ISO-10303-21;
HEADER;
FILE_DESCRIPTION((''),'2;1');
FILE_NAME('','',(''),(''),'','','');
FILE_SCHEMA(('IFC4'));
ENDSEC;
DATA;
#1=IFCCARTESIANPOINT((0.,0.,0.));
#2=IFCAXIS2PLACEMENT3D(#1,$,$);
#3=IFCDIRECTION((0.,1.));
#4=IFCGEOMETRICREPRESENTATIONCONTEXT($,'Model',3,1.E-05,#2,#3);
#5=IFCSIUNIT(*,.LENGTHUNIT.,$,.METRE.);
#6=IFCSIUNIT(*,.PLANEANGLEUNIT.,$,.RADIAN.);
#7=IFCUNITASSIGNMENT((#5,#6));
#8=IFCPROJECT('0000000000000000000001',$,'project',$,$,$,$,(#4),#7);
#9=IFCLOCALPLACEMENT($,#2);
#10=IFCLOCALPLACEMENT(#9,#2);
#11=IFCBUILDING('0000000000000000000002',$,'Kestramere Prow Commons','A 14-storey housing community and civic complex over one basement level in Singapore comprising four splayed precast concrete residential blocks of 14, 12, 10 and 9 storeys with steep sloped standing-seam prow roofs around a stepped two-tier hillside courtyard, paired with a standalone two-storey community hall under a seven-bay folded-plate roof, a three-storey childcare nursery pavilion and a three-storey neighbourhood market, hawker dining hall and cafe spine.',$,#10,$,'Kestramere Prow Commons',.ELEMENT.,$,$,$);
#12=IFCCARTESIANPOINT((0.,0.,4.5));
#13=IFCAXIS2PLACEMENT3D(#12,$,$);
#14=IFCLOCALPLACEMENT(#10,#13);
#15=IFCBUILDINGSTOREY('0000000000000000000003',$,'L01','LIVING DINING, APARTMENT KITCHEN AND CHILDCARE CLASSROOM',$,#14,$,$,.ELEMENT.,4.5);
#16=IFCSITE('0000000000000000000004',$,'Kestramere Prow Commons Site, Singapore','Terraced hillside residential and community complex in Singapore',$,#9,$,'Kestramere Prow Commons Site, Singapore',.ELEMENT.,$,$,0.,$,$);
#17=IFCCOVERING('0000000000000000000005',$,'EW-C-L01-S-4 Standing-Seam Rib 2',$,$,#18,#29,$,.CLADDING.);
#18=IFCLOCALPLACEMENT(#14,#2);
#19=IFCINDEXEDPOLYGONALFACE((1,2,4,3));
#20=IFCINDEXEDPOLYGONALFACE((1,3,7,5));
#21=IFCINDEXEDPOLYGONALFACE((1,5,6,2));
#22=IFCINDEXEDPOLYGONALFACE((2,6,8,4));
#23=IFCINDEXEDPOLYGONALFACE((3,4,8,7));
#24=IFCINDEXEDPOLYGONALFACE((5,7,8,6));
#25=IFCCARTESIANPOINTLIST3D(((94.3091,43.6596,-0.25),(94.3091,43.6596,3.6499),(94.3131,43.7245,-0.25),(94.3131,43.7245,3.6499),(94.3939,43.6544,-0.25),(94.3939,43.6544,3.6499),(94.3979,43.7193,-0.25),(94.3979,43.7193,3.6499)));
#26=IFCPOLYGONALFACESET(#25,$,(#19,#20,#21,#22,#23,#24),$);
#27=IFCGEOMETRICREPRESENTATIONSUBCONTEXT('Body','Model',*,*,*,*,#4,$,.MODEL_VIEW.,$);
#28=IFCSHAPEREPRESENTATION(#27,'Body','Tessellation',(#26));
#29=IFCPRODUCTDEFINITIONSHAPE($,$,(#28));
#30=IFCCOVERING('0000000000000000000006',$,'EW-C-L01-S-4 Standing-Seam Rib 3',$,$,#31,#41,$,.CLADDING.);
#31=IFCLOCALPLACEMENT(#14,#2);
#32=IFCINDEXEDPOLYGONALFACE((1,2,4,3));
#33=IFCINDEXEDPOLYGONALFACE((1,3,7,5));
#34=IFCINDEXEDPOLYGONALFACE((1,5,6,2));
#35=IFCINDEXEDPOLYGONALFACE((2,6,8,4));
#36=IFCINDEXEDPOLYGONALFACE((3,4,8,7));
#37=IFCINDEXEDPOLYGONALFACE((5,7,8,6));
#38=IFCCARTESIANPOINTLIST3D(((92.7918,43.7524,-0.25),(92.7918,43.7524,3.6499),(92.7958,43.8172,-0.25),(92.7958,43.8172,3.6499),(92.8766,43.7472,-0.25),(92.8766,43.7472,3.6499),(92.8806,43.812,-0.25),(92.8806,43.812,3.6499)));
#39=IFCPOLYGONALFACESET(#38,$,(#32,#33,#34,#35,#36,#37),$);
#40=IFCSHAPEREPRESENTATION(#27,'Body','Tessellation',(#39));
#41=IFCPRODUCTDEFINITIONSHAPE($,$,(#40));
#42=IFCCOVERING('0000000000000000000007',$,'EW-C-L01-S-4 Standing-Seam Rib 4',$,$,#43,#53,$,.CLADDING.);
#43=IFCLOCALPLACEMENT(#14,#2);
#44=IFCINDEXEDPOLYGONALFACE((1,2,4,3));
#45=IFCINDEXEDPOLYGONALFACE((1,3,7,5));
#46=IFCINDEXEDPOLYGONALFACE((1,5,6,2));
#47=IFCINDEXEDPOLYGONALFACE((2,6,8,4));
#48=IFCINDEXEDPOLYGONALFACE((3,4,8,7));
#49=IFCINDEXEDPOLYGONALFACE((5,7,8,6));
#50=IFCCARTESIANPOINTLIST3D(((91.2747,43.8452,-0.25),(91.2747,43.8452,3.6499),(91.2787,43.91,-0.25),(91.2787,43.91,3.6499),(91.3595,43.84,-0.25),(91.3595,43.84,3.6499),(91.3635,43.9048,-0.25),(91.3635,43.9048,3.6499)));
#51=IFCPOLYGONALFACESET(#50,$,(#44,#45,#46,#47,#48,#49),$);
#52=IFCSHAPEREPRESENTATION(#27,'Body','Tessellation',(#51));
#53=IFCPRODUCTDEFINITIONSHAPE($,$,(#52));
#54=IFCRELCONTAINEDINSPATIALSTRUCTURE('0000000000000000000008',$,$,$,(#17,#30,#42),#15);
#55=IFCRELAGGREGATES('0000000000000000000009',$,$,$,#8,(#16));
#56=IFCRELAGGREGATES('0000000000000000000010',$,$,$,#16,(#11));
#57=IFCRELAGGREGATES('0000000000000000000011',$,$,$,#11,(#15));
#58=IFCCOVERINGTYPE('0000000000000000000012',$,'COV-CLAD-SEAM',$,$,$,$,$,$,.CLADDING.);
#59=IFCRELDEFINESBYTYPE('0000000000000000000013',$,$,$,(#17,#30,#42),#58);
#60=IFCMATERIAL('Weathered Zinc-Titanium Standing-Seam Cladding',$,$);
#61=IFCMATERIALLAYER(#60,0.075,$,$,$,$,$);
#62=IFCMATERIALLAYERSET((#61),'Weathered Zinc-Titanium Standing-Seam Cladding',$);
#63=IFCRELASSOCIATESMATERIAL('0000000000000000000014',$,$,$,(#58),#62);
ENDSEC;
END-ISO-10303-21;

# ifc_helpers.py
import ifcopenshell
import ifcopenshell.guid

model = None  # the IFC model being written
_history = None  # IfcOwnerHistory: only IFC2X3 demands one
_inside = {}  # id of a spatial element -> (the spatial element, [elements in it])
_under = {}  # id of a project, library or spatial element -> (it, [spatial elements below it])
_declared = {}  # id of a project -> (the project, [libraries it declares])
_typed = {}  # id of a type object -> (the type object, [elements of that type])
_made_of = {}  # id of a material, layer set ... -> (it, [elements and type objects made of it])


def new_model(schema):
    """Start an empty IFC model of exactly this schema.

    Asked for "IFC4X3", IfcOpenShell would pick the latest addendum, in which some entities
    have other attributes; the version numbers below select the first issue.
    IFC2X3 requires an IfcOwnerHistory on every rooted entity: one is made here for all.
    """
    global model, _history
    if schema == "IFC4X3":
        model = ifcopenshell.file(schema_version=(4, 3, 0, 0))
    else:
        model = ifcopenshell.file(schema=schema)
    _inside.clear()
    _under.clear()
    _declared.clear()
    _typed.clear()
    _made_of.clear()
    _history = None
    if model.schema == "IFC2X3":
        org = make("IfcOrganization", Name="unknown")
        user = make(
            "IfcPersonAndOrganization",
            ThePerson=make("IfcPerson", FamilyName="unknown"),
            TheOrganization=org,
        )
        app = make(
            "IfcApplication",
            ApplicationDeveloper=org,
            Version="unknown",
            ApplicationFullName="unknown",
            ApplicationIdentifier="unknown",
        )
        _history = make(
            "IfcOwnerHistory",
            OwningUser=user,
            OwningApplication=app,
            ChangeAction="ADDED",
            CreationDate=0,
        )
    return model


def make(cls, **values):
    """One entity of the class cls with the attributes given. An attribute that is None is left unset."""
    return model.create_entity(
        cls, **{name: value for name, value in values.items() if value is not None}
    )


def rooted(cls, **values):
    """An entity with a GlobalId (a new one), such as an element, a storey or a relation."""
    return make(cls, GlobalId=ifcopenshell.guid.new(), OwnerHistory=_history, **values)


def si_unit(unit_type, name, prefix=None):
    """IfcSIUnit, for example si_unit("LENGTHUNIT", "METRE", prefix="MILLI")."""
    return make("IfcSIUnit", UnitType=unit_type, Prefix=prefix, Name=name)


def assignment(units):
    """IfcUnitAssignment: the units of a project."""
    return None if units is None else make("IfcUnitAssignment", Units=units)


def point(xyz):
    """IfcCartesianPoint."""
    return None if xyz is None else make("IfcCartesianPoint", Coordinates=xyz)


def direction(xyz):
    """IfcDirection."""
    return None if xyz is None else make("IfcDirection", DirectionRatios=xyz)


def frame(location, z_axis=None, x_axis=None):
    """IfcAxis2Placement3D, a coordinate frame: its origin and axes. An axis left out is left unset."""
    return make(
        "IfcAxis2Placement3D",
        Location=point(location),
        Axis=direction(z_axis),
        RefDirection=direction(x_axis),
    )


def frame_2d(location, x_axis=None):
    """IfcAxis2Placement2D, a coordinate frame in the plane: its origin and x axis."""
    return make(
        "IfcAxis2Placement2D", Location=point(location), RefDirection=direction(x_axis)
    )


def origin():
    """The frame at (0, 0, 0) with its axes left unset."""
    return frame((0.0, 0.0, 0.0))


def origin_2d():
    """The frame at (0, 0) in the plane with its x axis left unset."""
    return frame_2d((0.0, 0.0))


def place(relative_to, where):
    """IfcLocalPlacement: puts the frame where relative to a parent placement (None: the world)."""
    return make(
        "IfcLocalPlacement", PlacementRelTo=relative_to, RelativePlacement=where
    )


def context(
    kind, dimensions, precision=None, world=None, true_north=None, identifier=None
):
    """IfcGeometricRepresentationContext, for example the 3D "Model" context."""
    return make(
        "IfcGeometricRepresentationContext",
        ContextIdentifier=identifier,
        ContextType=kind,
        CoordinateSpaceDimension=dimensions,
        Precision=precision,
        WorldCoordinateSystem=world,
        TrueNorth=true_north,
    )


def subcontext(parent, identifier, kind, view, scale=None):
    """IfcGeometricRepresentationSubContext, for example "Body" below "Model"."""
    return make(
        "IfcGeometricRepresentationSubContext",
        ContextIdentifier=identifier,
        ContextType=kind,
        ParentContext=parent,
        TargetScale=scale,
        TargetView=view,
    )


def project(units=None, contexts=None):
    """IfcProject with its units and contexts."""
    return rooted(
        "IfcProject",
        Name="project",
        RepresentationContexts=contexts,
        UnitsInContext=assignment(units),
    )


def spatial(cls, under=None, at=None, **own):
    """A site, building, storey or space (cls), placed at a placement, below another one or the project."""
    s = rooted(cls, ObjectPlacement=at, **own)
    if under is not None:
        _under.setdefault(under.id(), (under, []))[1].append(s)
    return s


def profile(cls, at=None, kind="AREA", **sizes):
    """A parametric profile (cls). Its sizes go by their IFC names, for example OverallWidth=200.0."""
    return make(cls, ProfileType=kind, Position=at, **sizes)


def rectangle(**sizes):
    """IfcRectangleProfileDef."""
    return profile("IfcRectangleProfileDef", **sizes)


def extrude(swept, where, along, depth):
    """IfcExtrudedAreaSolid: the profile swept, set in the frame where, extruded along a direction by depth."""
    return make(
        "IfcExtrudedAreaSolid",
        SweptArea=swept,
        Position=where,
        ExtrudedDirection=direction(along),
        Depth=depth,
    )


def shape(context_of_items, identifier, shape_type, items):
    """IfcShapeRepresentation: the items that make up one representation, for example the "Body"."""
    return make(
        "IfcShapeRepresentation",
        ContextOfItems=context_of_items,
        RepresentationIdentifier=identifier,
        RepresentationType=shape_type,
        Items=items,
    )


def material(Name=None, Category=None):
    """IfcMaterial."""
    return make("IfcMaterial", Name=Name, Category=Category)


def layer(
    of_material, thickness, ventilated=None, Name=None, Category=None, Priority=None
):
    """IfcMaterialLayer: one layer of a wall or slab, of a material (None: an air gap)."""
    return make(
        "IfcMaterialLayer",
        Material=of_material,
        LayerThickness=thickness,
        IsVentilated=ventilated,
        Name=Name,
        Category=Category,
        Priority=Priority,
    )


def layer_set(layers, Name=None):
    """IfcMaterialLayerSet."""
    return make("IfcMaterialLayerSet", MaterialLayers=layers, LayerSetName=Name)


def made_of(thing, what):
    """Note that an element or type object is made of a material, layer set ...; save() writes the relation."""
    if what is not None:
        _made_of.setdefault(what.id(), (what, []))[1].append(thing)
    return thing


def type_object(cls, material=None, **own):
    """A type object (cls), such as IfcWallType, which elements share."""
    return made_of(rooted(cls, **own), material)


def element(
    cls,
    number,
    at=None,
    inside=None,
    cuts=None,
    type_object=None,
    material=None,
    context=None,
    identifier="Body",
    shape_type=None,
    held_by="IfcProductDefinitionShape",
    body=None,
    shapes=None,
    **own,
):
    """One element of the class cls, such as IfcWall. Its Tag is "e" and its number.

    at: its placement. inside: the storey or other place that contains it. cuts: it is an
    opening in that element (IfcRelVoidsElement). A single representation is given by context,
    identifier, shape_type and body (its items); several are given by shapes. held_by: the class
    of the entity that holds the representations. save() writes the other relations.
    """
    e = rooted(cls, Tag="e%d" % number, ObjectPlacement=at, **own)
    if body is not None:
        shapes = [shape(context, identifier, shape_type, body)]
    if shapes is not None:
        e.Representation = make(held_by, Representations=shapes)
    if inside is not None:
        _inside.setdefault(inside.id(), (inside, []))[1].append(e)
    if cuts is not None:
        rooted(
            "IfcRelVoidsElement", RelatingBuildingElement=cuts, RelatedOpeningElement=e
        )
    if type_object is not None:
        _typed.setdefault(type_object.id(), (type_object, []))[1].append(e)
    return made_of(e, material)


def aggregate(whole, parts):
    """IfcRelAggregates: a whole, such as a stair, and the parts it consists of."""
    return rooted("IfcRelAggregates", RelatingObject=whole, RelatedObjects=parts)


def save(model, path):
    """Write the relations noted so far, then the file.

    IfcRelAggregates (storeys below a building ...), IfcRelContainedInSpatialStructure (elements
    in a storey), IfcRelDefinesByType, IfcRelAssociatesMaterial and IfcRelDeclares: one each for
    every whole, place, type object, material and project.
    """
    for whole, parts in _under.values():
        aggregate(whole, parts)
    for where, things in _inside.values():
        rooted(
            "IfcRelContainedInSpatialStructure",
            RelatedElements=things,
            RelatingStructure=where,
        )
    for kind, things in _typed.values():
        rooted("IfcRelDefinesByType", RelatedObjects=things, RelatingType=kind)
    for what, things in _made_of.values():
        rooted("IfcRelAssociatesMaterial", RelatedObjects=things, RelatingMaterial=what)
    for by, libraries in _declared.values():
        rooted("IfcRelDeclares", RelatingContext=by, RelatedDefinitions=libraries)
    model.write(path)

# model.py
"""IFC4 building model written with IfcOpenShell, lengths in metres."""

from ifc_helpers import new_model, si_unit, direction, frame, origin, origin_2d, place, context, subcontext, project, spatial, rectangle, extrude, material, layer, layer_set, type_object, element, save


model = new_model("IFC4")

# Units and contexts
model_context = context("Model", 3, precision=1e-05, world=origin(), true_north=direction((0.0, 1.0)))
body_context = subcontext(model_context, "Body", "Model", "MODEL_VIEW")
ifc_project = project(units=[si_unit("LENGTHUNIT", "METRE"), si_unit("PLANEANGLEUNIT", "RADIAN")], contexts=[model_context])

# Site, building, storey
site_placement = place(None, origin())
site = spatial("IfcSite", under=ifc_project, at=site_placement, Name="Kestramere Prow Commons Site, Singapore", Description="Terraced hillside residential and community complex in Singapore", LongName="Kestramere Prow Commons Site, Singapore", CompositionType="ELEMENT", RefElevation=0.0)
building_placement = place(site_placement, origin())
building = spatial("IfcBuilding", under=site, at=building_placement, Name="Kestramere Prow Commons", Description="A 14-storey housing community and civic complex over one basement level in Singapore comprising four splayed precast concrete residential blocks of 14, 12, 10 and 9 storeys with steep sloped standing-seam prow roofs around a stepped two-tier hillside courtyard, paired with a standalone two-storey community hall under a seven-bay folded-plate roof, a three-storey childcare nursery pavilion and a three-storey neighbourhood market, hawker dining hall and cafe spine.", LongName="Kestramere Prow Commons", CompositionType="ELEMENT")
storey_placement = place(building_placement, frame((0.0, 0.0, 4.5)))
storey = spatial("IfcBuildingStorey", under=building, at=storey_placement, Name="L01", Description="LIVING DINING, APARTMENT KITCHEN AND CHILDCARE CLASSROOM", CompositionType="ELEMENT", Elevation=4.5)

# Coverings
ifc_material_1 = material(Name="Weathered Zinc-Titanium Standing-Seam Cladding")
ifc_layer_1 = layer(ifc_material_1, 0.075)
ifc_layer_set_1 = layer_set([ifc_layer_1], Name="Weathered Zinc-Titanium Standing-Seam Cladding")
covering_type = type_object("IfcCoveringType", Name="COV-CLAD-SEAM", PredefinedType="CLADDING", material=ifc_layer_set_1)
for number, where, z_axis, x_axis, name in (
    (1, (94.3535, 43.6895, -0.25), (0.0, 0.0, 1.0), (-0.998135, 0.061049, 0.0), "EW-C-L01-S-4 Standing-Seam Rib 2"),
    (2, (92.8362, 43.7822, -0.25), (0.0, 0.0, 1.0), (-0.998135, 0.061049, 0.0), "EW-C-L01-S-4 Standing-Seam Rib 3"),
    (3, (91.3191, 43.875, -0.25), (0.0, 0.0, 1.0), (-0.998135, 0.061049, 0.0), "EW-C-L01-S-4 Standing-Seam Rib 4"),
):
    element("IfcCovering", number, at=place(storey_placement, frame(where, z_axis=z_axis, x_axis=x_axis)), inside=storey, type_object=covering_type, Name=name, PredefinedType="CLADDING", context=body_context, shape_type="SweptSolid", body=[
        extrude(rectangle(XDim=0.085, YDim=0.0649, at=origin_2d()), origin(), (0.0, 0.0, 1.0), 3.8999),
    ])

save(model, "model.ifc")
